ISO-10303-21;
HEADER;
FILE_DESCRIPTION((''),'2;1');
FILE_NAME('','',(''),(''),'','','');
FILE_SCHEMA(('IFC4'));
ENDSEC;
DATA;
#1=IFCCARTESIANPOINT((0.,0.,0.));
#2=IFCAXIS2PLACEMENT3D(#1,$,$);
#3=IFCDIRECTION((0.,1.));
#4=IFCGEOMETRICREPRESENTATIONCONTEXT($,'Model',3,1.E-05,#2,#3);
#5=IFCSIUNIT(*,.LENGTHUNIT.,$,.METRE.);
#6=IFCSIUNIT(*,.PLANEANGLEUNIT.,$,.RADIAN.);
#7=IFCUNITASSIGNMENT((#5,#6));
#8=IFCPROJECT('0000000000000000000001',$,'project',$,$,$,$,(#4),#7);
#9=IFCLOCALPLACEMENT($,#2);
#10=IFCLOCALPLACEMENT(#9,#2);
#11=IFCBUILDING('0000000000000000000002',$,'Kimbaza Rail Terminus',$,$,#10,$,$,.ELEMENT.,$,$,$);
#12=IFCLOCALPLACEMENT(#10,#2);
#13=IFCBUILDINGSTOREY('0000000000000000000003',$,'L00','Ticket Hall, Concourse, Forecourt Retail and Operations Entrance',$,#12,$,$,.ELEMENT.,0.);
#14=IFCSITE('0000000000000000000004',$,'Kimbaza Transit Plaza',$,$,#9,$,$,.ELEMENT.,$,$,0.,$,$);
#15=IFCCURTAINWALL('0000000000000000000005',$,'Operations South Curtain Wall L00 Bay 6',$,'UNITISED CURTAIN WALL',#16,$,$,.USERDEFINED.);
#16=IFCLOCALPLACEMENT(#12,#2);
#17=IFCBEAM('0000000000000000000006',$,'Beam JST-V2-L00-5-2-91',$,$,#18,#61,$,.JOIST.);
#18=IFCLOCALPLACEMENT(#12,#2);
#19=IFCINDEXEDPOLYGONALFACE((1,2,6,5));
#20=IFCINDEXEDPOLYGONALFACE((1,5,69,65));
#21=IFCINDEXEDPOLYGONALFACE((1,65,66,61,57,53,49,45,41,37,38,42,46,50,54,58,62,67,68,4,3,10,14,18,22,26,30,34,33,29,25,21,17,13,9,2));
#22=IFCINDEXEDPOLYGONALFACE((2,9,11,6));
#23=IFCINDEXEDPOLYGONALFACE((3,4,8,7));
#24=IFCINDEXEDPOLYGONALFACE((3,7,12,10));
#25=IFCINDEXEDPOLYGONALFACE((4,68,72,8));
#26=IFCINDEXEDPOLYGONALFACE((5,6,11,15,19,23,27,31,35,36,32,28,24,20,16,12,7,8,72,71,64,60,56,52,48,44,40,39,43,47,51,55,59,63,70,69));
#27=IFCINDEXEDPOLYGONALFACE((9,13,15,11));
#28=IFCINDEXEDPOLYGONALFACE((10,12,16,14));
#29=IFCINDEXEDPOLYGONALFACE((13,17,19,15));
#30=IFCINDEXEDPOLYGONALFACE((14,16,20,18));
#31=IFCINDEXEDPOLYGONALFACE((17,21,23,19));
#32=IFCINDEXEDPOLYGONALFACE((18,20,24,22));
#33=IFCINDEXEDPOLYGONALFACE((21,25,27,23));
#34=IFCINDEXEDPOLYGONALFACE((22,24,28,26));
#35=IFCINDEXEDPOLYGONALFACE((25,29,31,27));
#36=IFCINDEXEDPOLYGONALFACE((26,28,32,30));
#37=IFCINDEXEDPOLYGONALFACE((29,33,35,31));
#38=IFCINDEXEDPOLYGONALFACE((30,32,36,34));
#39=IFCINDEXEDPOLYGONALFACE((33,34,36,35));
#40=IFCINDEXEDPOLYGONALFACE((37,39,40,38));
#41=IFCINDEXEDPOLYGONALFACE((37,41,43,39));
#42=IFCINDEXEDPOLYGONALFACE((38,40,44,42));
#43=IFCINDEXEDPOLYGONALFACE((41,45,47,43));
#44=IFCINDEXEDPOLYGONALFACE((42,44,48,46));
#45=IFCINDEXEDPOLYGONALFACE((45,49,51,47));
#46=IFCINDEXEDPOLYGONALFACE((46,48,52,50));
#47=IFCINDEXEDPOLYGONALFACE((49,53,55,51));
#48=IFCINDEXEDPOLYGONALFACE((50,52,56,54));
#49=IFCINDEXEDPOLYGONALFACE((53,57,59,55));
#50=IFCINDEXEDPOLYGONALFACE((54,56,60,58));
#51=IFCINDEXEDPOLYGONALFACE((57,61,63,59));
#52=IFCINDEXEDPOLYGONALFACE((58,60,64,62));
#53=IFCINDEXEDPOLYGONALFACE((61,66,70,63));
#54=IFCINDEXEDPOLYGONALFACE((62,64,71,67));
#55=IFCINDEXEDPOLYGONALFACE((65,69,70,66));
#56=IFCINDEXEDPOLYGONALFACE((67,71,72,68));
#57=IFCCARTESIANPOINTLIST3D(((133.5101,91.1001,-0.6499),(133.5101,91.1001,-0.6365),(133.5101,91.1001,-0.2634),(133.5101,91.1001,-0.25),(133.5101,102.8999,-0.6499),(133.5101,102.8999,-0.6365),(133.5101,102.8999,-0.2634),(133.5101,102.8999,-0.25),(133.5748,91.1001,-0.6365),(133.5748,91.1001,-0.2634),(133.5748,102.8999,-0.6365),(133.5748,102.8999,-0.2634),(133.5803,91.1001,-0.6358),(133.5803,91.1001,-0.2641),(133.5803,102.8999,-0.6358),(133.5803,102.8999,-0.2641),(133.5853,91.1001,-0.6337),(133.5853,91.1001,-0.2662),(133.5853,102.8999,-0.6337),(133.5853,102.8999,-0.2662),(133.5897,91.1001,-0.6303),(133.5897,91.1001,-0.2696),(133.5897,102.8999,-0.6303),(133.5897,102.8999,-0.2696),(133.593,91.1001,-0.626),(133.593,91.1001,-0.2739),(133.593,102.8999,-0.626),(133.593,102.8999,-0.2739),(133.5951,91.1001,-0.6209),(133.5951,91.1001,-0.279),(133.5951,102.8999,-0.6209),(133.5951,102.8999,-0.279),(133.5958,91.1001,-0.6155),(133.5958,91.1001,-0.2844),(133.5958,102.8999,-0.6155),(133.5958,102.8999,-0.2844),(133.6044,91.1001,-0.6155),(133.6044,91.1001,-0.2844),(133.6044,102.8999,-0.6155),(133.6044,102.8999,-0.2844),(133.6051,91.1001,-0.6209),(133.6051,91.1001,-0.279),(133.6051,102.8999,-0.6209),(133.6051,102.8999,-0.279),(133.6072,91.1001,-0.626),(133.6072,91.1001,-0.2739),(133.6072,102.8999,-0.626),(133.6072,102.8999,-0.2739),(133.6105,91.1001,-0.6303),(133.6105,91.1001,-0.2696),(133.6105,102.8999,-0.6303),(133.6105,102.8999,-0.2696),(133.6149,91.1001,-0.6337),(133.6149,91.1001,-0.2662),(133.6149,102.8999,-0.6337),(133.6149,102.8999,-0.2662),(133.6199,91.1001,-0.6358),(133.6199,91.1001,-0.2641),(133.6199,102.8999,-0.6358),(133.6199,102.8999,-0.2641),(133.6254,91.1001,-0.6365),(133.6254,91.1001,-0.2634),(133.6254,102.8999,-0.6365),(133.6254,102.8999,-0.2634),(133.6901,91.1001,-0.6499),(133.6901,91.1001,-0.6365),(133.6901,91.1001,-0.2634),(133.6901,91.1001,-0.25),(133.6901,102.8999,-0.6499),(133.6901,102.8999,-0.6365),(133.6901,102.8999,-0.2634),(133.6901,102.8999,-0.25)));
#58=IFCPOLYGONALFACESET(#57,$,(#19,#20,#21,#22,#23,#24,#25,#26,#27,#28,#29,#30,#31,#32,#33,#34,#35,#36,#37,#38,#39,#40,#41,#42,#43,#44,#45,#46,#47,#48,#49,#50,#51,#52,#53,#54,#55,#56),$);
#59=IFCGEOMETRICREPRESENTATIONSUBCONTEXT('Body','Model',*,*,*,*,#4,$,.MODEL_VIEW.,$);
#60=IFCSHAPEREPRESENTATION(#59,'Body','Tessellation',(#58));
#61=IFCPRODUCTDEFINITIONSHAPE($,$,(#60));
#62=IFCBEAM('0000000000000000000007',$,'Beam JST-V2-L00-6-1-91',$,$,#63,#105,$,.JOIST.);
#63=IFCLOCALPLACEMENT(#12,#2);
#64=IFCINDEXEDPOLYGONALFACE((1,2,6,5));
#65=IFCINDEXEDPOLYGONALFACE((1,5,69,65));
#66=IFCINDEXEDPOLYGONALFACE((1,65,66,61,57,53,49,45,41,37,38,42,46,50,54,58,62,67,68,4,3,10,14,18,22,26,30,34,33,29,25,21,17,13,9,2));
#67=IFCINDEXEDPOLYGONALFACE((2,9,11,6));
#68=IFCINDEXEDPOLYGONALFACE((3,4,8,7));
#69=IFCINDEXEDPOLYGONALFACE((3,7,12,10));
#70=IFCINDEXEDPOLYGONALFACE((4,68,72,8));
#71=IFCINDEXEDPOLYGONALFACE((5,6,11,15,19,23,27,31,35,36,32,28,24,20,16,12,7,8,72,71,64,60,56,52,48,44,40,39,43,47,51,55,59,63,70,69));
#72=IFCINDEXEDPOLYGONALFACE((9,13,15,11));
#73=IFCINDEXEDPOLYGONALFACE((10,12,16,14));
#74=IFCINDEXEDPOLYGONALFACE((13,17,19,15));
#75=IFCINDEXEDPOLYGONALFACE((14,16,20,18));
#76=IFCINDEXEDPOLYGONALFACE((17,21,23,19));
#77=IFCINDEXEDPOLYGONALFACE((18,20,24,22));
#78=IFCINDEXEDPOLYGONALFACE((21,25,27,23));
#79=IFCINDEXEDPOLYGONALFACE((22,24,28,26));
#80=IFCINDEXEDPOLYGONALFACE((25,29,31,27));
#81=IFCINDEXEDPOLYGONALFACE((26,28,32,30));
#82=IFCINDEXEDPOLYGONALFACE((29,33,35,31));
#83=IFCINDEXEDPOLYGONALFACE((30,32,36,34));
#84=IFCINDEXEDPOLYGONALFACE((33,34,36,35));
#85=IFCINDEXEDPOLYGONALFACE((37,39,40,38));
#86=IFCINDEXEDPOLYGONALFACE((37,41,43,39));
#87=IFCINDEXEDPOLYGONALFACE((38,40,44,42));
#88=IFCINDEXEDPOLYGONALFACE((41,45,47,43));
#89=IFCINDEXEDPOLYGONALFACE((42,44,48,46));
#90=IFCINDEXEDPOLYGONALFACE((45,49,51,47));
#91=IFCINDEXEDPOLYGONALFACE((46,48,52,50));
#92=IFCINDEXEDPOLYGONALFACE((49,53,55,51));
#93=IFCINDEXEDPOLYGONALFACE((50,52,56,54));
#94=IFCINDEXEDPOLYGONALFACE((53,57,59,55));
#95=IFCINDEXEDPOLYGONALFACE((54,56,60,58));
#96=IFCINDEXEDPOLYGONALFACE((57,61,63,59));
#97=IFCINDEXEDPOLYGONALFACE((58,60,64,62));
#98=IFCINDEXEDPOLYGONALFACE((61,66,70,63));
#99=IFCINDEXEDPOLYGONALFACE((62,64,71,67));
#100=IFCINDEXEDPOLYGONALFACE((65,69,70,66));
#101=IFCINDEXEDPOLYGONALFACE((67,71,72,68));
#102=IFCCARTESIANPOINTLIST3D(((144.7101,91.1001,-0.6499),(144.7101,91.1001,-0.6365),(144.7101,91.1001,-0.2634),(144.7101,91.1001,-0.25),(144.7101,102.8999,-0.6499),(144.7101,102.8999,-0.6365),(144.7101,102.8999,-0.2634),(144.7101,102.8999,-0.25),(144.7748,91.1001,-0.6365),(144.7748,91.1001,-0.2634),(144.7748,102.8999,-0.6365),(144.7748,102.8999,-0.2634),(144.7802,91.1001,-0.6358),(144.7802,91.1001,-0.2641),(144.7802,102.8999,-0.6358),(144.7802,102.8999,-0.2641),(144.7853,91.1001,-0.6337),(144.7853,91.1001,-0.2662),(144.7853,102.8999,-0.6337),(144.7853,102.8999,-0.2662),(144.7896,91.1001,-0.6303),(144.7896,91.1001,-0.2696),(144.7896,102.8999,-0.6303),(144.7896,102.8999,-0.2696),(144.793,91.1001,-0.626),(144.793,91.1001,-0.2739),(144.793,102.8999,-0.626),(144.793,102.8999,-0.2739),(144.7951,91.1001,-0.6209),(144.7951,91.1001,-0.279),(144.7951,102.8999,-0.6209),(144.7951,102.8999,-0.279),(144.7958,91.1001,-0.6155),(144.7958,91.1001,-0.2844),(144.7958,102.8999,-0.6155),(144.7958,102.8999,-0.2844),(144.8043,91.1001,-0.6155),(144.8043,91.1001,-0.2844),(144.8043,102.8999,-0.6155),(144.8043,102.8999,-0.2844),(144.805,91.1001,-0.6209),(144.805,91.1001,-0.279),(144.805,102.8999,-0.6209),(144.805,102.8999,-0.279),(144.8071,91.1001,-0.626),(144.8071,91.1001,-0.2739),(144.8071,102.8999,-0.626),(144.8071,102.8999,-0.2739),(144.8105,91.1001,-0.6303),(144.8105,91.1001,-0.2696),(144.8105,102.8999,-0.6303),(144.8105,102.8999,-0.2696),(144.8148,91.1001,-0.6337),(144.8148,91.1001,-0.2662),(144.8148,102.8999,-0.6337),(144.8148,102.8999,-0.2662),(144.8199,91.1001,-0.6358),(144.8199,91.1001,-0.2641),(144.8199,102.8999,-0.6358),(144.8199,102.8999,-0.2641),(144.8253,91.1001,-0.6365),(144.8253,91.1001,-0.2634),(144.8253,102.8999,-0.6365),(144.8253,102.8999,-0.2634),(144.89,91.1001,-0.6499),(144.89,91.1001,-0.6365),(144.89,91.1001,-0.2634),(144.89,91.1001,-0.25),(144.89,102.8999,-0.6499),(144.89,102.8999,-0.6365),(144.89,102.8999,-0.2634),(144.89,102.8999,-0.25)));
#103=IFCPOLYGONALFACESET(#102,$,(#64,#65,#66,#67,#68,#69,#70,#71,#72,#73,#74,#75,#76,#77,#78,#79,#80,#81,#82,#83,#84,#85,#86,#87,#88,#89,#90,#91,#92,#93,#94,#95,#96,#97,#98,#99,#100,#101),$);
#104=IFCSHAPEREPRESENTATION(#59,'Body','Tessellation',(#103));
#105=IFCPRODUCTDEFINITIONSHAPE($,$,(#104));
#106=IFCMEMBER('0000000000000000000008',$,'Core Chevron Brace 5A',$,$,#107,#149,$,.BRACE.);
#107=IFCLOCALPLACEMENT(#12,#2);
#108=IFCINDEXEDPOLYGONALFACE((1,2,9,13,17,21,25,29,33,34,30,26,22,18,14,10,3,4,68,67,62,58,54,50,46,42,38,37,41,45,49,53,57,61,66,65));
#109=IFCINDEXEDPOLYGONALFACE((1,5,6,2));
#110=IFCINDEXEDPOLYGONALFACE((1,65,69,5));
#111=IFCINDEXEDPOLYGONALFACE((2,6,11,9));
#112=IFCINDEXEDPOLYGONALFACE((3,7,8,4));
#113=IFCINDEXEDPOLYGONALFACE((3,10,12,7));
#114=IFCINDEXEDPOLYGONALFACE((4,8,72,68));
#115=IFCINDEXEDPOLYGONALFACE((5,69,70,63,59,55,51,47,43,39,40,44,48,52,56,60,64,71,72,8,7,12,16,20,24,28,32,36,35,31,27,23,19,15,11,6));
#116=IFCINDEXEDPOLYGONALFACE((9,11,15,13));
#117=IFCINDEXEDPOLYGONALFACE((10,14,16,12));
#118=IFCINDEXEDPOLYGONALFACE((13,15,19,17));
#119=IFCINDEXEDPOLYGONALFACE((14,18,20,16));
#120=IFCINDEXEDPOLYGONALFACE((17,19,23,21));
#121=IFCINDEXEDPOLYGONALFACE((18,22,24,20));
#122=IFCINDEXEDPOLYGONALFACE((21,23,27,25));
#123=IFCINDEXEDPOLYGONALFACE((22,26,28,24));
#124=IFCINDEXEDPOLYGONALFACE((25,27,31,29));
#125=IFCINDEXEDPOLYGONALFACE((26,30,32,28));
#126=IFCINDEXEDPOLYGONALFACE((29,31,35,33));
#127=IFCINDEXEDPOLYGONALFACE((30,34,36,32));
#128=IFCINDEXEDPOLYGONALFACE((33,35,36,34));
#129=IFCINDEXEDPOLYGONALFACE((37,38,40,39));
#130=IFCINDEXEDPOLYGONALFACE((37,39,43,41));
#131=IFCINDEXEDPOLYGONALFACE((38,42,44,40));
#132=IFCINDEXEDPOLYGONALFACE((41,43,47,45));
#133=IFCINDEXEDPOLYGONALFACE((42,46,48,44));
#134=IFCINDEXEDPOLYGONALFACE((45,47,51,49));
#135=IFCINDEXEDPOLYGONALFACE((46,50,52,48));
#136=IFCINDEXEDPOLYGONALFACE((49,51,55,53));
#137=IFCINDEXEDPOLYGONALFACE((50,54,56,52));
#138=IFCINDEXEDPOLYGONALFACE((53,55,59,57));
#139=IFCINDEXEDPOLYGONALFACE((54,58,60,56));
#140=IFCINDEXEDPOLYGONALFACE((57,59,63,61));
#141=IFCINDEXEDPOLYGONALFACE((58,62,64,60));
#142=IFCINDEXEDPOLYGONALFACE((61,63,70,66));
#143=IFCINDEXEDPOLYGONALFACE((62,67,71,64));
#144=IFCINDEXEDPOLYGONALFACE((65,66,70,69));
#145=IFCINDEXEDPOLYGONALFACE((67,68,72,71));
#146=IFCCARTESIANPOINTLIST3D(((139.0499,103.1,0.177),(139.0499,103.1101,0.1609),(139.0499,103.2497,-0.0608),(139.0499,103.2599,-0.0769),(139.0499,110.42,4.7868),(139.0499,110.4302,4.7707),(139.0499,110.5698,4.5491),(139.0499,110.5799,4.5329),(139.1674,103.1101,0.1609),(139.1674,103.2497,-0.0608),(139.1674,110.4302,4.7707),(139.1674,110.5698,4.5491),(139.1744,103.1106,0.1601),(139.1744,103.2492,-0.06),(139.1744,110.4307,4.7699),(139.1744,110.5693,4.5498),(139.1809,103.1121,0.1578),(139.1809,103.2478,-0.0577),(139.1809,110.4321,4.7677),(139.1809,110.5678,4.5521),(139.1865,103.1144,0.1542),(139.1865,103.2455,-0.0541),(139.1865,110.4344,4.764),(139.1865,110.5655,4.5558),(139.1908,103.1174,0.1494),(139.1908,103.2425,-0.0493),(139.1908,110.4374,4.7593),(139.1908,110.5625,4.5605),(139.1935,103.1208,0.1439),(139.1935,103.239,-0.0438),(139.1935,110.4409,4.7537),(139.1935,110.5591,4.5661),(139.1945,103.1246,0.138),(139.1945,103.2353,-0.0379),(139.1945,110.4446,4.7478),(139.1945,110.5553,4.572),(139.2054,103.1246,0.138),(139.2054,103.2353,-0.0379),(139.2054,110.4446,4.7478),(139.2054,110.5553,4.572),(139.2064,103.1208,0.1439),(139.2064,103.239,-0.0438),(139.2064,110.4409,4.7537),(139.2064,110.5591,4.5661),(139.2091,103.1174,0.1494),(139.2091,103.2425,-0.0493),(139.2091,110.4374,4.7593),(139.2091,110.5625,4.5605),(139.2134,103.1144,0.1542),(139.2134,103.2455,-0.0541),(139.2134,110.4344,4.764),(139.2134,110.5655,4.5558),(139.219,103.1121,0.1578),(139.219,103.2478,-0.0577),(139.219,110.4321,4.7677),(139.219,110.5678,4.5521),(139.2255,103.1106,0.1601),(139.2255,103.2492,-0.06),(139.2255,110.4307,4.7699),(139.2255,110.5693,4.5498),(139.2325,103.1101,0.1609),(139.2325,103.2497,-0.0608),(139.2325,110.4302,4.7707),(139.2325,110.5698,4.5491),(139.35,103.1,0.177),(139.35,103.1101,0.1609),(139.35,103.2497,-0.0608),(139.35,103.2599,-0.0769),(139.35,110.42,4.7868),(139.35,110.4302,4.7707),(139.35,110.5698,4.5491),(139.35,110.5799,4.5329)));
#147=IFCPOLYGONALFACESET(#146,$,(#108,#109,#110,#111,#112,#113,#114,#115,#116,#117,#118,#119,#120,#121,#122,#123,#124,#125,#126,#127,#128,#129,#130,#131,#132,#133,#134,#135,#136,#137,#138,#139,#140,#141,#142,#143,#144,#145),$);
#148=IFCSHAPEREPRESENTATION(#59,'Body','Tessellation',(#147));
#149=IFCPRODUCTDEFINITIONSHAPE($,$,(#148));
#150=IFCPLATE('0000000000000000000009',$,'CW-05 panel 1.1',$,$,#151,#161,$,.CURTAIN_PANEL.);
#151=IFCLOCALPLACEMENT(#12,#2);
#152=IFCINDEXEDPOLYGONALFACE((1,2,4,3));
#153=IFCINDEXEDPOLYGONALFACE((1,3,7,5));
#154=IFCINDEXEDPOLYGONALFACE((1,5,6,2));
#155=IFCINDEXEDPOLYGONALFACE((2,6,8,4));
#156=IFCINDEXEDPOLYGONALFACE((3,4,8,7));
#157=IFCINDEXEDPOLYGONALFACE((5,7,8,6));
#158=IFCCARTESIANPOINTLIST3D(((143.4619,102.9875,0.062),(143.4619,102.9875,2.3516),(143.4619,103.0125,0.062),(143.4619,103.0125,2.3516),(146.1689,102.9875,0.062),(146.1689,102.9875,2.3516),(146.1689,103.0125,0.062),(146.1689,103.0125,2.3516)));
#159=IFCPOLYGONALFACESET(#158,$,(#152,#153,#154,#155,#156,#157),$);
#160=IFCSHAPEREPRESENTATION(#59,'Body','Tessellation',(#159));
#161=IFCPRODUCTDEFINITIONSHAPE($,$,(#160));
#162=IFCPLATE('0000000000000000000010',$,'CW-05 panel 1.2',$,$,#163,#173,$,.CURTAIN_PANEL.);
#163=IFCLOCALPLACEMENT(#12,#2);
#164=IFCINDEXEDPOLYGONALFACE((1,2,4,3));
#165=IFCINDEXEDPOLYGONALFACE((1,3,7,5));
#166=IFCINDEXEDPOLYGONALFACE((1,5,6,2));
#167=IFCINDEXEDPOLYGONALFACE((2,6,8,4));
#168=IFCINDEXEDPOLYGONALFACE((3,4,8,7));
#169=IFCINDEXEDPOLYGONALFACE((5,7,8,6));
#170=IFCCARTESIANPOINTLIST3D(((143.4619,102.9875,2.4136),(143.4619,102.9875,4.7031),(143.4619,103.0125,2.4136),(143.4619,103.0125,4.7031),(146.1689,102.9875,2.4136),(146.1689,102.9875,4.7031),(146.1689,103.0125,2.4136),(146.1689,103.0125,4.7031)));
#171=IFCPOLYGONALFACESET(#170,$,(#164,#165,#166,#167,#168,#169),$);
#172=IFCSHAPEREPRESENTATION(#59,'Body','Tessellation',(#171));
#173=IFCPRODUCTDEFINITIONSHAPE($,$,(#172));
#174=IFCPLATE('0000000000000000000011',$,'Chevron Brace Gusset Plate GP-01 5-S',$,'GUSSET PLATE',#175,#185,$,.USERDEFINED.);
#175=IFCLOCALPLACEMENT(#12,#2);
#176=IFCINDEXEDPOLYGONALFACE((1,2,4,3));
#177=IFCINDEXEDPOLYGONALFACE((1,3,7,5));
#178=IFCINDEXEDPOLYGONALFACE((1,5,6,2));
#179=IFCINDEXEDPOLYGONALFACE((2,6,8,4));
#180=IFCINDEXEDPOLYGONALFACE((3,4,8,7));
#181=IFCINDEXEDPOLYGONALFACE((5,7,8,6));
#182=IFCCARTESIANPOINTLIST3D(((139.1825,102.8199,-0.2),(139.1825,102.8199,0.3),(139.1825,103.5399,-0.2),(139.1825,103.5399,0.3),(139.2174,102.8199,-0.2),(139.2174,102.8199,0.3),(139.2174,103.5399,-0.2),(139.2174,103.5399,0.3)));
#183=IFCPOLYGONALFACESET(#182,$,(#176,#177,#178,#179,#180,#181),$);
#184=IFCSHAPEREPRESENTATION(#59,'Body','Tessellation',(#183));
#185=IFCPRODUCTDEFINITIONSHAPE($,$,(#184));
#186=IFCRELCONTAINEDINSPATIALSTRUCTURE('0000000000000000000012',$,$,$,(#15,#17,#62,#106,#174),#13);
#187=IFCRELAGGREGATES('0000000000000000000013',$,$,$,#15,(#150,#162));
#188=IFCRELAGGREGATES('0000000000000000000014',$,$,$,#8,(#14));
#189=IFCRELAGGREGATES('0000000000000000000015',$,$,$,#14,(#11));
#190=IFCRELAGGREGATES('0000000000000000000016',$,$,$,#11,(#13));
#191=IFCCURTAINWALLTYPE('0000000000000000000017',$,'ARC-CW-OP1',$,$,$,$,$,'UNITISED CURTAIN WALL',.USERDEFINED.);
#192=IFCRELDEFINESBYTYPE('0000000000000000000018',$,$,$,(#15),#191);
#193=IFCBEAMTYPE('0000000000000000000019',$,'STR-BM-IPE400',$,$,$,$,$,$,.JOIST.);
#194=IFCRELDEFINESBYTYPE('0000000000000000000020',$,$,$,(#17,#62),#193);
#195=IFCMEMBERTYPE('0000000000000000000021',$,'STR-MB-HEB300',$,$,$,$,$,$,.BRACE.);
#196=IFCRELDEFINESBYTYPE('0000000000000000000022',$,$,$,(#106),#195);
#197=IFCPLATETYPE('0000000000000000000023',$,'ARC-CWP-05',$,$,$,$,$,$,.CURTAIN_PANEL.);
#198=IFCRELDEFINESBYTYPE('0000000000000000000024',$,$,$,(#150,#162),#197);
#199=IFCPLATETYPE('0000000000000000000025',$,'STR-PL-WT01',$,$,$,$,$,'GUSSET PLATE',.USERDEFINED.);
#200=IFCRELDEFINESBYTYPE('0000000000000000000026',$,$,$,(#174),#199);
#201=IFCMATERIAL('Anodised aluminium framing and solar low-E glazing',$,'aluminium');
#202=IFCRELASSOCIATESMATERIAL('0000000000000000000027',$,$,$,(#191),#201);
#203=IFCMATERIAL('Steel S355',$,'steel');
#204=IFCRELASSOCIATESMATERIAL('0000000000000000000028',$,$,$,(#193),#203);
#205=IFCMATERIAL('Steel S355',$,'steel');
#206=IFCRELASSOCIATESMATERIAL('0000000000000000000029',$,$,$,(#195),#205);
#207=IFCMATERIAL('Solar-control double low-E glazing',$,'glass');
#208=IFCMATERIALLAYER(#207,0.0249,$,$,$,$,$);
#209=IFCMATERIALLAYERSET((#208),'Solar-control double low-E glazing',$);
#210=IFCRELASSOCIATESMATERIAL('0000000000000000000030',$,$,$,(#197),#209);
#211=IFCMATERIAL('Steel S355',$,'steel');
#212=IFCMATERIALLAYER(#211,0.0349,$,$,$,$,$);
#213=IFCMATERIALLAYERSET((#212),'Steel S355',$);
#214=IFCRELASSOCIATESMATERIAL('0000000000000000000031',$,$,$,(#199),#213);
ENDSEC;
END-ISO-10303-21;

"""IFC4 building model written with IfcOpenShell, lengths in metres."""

from ifc_helpers import new_model, si_unit, direction, frame, origin, origin_2d, place, context, subcontext, project, spatial, rectangle, i_section, extrude, material, layer, layer_set, material_profile, profile_set, type_object, element, aggregate, save


model = new_model("IFC4")

# Units and contexts
model_context = context("Model", 3, precision=1e-05, world=origin(), true_north=direction((0.0, 1.0)))
body_context = subcontext(model_context, "Body", "Model", "MODEL_VIEW")
ifc_project = project(units=[si_unit("LENGTHUNIT", "METRE"), si_unit("PLANEANGLEUNIT", "RADIAN")], contexts=[model_context])

# Site, building, storey
site_placement = place(None, origin())
site = spatial("IfcSite", under=ifc_project, at=site_placement, Name="Kimbaza Transit Plaza", CompositionType="ELEMENT", RefElevation=0.0)
building_placement = place(site_placement, origin())
building = spatial("IfcBuilding", under=site, at=building_placement, Name="Kimbaza Rail Terminus", CompositionType="ELEMENT")
storey_placement = place(building_placement, origin())
storey = spatial("IfcBuildingStorey", under=building, at=storey_placement, Name="L00", Description="Ticket Hall, Concourse, Forecourt Retail and Operations Entrance", CompositionType="ELEMENT", Elevation=0.0)

# Curtain wall
ifc_material_1 = material(Name="Anodised aluminium framing and solar low-E glazing", Category="aluminium")
curtain_wall_type = type_object("IfcCurtainWallType", Name="ARC-CW-OP1", ElementType="UNITISED CURTAIN WALL", PredefinedType="USERDEFINED", material=ifc_material_1)
curtain_wall_placement = place(storey_placement, origin())
curtain_wall = element("IfcCurtainWall", 1, at=curtain_wall_placement, inside=storey, type_object=curtain_wall_type, Name="Operations South Curtain Wall L00 Bay 6", ObjectType="UNITISED CURTAIN WALL", PredefinedType="USERDEFINED")

# Beams
ifc_material_2 = material(Name="Steel S355", Category="steel")
ifc_material_profile_1 = material_profile(ifc_material_2, i_section(OverallWidth=0.1799, OverallDepth=0.3999, WebThickness=0.0085, FlangeThickness=0.0134, FilletRadius=0.021, at=origin_2d()), Name="IPE 400")
ifc_profile_set_1 = profile_set([ifc_material_profile_1], Name="Steel S355")
beam_type_1 = type_object("IfcBeamType", Name="STR-BM-IPE400", PredefinedType="JOIST", material=ifc_profile_set_1)
for number, where, z_axis, x_axis, name in (
    (2, (133.6001, 91.1001, -0.45), (0.0, 1.0, 0.0), (-1.0, 0.0, 0.0), "Beam JST-V2-L00-5-2-91"),
    (3, (144.8, 91.1001, -0.45), (0.0, 1.0, 0.0), (-1.0, 0.0, 0.0), "Beam JST-V2-L00-6-1-91"),
):
    element("IfcBeam", number, at=place(storey_placement, frame(where, z_axis=z_axis, x_axis=x_axis)), inside=storey, type_object=beam_type_1, Name=name, PredefinedType="JOIST", context=body_context, shape_type="SweptSolid", body=[
        extrude(i_section(OverallWidth=0.1799, OverallDepth=0.3999, WebThickness=0.0085, FlangeThickness=0.0134, FilletRadius=0.021, at=origin_2d()), origin(), (0.0, 0.0, 1.0), 11.7998),
    ])

# Member
ifc_material_3 = material(Name="Steel S355", Category="steel")
ifc_material_profile_2 = material_profile(ifc_material_3, i_section(OverallWidth=0.3, OverallDepth=0.3, WebThickness=0.011, FlangeThickness=0.019, FilletRadius=0.0271, at=origin_2d()), Name="HEB 300")
ifc_profile_set_2 = profile_set([ifc_material_profile_2], Name="Steel S355")
member_type_1 = type_object("IfcMemberType", Name="STR-MB-HEB300", PredefinedType="BRACE", material=ifc_profile_set_2)
member_1_placement = place(storey_placement, frame((139.2, 103.1799, 0.05), z_axis=(0.0, 0.846184, 0.53289), x_axis=(-1.0, 0.0, 0.0)))
element("IfcMember", 4, at=member_1_placement, inside=storey, type_object=member_type_1, Name="Core Chevron Brace 5A", PredefinedType="BRACE", context=body_context, shape_type="SweptSolid", body=[
    extrude(i_section(OverallWidth=0.3, OverallDepth=0.3, WebThickness=0.011, FlangeThickness=0.019, FilletRadius=0.0271, at=origin_2d()), origin(), (0.0, 0.0, 1.0), 8.6506),
])

# Plates
ifc_material_4 = material(Name="Solar-control double low-E glazing", Category="glass")
ifc_layer_1 = layer(ifc_material_4, 0.0249)
ifc_layer_set_1 = layer_set([ifc_layer_1], Name="Solar-control double low-E glazing")
plate_type_1 = type_object("IfcPlateType", Name="ARC-CWP-05", PredefinedType="CURTAIN_PANEL", material=ifc_layer_set_1)
plate_1_placement = place(storey_placement, frame((144.8154, 103.0, 0.062), z_axis=(0.0, 0.0, 1.0), x_axis=(1.0, 0.0, 0.0)))
plate_1 = element("IfcPlate", 5, at=plate_1_placement, type_object=plate_type_1, Name="CW-05 panel 1.1", PredefinedType="CURTAIN_PANEL", context=body_context, shape_type="SweptSolid", body=[
    extrude(rectangle(XDim=2.707, YDim=0.0249, at=origin_2d()), origin(), (0.0, 0.0, 1.0), 2.2896),
])
plate_2_placement = place(storey_placement, frame((144.8154, 103.0, 2.4136), z_axis=(0.0, 0.0, 1.0), x_axis=(1.0, 0.0, 0.0)))
plate_2 = element("IfcPlate", 6, at=plate_2_placement, type_object=plate_type_1, Name="CW-05 panel 1.2", PredefinedType="CURTAIN_PANEL", context=body_context, shape_type="SweptSolid", body=[
    extrude(rectangle(XDim=2.707, YDim=0.0249, at=origin_2d()), origin(), (0.0, 0.0, 1.0), 2.2896),
])
aggregate(curtain_wall, [plate_1, plate_2])
ifc_material_5 = material(Name="Steel S355", Category="steel")
ifc_layer_2 = layer(ifc_material_5, 0.0349)
ifc_layer_set_2 = layer_set([ifc_layer_2], Name="Steel S355")
plate_type_2 = type_object("IfcPlateType", Name="STR-PL-WT01", ElementType="GUSSET PLATE", PredefinedType="USERDEFINED", material=ifc_layer_set_2)
plate_3_placement = place(storey_placement, frame((139.2, 103.1799, -0.2), z_axis=(0.0, 0.0, 1.0), x_axis=(1.0, 0.0, 0.0)))
element("IfcPlate", 7, at=plate_3_placement, inside=storey, type_object=plate_type_2, Name="Chevron Brace Gusset Plate GP-01 5-S", ObjectType="GUSSET PLATE", PredefinedType="USERDEFINED", context=body_context, shape_type="SweptSolid", body=[
    extrude(rectangle(XDim=0.0349, YDim=0.72, at=origin_2d()), origin(), (0.0, 0.0, 1.0), 0.5),
])

save(model, "model.ifc")
